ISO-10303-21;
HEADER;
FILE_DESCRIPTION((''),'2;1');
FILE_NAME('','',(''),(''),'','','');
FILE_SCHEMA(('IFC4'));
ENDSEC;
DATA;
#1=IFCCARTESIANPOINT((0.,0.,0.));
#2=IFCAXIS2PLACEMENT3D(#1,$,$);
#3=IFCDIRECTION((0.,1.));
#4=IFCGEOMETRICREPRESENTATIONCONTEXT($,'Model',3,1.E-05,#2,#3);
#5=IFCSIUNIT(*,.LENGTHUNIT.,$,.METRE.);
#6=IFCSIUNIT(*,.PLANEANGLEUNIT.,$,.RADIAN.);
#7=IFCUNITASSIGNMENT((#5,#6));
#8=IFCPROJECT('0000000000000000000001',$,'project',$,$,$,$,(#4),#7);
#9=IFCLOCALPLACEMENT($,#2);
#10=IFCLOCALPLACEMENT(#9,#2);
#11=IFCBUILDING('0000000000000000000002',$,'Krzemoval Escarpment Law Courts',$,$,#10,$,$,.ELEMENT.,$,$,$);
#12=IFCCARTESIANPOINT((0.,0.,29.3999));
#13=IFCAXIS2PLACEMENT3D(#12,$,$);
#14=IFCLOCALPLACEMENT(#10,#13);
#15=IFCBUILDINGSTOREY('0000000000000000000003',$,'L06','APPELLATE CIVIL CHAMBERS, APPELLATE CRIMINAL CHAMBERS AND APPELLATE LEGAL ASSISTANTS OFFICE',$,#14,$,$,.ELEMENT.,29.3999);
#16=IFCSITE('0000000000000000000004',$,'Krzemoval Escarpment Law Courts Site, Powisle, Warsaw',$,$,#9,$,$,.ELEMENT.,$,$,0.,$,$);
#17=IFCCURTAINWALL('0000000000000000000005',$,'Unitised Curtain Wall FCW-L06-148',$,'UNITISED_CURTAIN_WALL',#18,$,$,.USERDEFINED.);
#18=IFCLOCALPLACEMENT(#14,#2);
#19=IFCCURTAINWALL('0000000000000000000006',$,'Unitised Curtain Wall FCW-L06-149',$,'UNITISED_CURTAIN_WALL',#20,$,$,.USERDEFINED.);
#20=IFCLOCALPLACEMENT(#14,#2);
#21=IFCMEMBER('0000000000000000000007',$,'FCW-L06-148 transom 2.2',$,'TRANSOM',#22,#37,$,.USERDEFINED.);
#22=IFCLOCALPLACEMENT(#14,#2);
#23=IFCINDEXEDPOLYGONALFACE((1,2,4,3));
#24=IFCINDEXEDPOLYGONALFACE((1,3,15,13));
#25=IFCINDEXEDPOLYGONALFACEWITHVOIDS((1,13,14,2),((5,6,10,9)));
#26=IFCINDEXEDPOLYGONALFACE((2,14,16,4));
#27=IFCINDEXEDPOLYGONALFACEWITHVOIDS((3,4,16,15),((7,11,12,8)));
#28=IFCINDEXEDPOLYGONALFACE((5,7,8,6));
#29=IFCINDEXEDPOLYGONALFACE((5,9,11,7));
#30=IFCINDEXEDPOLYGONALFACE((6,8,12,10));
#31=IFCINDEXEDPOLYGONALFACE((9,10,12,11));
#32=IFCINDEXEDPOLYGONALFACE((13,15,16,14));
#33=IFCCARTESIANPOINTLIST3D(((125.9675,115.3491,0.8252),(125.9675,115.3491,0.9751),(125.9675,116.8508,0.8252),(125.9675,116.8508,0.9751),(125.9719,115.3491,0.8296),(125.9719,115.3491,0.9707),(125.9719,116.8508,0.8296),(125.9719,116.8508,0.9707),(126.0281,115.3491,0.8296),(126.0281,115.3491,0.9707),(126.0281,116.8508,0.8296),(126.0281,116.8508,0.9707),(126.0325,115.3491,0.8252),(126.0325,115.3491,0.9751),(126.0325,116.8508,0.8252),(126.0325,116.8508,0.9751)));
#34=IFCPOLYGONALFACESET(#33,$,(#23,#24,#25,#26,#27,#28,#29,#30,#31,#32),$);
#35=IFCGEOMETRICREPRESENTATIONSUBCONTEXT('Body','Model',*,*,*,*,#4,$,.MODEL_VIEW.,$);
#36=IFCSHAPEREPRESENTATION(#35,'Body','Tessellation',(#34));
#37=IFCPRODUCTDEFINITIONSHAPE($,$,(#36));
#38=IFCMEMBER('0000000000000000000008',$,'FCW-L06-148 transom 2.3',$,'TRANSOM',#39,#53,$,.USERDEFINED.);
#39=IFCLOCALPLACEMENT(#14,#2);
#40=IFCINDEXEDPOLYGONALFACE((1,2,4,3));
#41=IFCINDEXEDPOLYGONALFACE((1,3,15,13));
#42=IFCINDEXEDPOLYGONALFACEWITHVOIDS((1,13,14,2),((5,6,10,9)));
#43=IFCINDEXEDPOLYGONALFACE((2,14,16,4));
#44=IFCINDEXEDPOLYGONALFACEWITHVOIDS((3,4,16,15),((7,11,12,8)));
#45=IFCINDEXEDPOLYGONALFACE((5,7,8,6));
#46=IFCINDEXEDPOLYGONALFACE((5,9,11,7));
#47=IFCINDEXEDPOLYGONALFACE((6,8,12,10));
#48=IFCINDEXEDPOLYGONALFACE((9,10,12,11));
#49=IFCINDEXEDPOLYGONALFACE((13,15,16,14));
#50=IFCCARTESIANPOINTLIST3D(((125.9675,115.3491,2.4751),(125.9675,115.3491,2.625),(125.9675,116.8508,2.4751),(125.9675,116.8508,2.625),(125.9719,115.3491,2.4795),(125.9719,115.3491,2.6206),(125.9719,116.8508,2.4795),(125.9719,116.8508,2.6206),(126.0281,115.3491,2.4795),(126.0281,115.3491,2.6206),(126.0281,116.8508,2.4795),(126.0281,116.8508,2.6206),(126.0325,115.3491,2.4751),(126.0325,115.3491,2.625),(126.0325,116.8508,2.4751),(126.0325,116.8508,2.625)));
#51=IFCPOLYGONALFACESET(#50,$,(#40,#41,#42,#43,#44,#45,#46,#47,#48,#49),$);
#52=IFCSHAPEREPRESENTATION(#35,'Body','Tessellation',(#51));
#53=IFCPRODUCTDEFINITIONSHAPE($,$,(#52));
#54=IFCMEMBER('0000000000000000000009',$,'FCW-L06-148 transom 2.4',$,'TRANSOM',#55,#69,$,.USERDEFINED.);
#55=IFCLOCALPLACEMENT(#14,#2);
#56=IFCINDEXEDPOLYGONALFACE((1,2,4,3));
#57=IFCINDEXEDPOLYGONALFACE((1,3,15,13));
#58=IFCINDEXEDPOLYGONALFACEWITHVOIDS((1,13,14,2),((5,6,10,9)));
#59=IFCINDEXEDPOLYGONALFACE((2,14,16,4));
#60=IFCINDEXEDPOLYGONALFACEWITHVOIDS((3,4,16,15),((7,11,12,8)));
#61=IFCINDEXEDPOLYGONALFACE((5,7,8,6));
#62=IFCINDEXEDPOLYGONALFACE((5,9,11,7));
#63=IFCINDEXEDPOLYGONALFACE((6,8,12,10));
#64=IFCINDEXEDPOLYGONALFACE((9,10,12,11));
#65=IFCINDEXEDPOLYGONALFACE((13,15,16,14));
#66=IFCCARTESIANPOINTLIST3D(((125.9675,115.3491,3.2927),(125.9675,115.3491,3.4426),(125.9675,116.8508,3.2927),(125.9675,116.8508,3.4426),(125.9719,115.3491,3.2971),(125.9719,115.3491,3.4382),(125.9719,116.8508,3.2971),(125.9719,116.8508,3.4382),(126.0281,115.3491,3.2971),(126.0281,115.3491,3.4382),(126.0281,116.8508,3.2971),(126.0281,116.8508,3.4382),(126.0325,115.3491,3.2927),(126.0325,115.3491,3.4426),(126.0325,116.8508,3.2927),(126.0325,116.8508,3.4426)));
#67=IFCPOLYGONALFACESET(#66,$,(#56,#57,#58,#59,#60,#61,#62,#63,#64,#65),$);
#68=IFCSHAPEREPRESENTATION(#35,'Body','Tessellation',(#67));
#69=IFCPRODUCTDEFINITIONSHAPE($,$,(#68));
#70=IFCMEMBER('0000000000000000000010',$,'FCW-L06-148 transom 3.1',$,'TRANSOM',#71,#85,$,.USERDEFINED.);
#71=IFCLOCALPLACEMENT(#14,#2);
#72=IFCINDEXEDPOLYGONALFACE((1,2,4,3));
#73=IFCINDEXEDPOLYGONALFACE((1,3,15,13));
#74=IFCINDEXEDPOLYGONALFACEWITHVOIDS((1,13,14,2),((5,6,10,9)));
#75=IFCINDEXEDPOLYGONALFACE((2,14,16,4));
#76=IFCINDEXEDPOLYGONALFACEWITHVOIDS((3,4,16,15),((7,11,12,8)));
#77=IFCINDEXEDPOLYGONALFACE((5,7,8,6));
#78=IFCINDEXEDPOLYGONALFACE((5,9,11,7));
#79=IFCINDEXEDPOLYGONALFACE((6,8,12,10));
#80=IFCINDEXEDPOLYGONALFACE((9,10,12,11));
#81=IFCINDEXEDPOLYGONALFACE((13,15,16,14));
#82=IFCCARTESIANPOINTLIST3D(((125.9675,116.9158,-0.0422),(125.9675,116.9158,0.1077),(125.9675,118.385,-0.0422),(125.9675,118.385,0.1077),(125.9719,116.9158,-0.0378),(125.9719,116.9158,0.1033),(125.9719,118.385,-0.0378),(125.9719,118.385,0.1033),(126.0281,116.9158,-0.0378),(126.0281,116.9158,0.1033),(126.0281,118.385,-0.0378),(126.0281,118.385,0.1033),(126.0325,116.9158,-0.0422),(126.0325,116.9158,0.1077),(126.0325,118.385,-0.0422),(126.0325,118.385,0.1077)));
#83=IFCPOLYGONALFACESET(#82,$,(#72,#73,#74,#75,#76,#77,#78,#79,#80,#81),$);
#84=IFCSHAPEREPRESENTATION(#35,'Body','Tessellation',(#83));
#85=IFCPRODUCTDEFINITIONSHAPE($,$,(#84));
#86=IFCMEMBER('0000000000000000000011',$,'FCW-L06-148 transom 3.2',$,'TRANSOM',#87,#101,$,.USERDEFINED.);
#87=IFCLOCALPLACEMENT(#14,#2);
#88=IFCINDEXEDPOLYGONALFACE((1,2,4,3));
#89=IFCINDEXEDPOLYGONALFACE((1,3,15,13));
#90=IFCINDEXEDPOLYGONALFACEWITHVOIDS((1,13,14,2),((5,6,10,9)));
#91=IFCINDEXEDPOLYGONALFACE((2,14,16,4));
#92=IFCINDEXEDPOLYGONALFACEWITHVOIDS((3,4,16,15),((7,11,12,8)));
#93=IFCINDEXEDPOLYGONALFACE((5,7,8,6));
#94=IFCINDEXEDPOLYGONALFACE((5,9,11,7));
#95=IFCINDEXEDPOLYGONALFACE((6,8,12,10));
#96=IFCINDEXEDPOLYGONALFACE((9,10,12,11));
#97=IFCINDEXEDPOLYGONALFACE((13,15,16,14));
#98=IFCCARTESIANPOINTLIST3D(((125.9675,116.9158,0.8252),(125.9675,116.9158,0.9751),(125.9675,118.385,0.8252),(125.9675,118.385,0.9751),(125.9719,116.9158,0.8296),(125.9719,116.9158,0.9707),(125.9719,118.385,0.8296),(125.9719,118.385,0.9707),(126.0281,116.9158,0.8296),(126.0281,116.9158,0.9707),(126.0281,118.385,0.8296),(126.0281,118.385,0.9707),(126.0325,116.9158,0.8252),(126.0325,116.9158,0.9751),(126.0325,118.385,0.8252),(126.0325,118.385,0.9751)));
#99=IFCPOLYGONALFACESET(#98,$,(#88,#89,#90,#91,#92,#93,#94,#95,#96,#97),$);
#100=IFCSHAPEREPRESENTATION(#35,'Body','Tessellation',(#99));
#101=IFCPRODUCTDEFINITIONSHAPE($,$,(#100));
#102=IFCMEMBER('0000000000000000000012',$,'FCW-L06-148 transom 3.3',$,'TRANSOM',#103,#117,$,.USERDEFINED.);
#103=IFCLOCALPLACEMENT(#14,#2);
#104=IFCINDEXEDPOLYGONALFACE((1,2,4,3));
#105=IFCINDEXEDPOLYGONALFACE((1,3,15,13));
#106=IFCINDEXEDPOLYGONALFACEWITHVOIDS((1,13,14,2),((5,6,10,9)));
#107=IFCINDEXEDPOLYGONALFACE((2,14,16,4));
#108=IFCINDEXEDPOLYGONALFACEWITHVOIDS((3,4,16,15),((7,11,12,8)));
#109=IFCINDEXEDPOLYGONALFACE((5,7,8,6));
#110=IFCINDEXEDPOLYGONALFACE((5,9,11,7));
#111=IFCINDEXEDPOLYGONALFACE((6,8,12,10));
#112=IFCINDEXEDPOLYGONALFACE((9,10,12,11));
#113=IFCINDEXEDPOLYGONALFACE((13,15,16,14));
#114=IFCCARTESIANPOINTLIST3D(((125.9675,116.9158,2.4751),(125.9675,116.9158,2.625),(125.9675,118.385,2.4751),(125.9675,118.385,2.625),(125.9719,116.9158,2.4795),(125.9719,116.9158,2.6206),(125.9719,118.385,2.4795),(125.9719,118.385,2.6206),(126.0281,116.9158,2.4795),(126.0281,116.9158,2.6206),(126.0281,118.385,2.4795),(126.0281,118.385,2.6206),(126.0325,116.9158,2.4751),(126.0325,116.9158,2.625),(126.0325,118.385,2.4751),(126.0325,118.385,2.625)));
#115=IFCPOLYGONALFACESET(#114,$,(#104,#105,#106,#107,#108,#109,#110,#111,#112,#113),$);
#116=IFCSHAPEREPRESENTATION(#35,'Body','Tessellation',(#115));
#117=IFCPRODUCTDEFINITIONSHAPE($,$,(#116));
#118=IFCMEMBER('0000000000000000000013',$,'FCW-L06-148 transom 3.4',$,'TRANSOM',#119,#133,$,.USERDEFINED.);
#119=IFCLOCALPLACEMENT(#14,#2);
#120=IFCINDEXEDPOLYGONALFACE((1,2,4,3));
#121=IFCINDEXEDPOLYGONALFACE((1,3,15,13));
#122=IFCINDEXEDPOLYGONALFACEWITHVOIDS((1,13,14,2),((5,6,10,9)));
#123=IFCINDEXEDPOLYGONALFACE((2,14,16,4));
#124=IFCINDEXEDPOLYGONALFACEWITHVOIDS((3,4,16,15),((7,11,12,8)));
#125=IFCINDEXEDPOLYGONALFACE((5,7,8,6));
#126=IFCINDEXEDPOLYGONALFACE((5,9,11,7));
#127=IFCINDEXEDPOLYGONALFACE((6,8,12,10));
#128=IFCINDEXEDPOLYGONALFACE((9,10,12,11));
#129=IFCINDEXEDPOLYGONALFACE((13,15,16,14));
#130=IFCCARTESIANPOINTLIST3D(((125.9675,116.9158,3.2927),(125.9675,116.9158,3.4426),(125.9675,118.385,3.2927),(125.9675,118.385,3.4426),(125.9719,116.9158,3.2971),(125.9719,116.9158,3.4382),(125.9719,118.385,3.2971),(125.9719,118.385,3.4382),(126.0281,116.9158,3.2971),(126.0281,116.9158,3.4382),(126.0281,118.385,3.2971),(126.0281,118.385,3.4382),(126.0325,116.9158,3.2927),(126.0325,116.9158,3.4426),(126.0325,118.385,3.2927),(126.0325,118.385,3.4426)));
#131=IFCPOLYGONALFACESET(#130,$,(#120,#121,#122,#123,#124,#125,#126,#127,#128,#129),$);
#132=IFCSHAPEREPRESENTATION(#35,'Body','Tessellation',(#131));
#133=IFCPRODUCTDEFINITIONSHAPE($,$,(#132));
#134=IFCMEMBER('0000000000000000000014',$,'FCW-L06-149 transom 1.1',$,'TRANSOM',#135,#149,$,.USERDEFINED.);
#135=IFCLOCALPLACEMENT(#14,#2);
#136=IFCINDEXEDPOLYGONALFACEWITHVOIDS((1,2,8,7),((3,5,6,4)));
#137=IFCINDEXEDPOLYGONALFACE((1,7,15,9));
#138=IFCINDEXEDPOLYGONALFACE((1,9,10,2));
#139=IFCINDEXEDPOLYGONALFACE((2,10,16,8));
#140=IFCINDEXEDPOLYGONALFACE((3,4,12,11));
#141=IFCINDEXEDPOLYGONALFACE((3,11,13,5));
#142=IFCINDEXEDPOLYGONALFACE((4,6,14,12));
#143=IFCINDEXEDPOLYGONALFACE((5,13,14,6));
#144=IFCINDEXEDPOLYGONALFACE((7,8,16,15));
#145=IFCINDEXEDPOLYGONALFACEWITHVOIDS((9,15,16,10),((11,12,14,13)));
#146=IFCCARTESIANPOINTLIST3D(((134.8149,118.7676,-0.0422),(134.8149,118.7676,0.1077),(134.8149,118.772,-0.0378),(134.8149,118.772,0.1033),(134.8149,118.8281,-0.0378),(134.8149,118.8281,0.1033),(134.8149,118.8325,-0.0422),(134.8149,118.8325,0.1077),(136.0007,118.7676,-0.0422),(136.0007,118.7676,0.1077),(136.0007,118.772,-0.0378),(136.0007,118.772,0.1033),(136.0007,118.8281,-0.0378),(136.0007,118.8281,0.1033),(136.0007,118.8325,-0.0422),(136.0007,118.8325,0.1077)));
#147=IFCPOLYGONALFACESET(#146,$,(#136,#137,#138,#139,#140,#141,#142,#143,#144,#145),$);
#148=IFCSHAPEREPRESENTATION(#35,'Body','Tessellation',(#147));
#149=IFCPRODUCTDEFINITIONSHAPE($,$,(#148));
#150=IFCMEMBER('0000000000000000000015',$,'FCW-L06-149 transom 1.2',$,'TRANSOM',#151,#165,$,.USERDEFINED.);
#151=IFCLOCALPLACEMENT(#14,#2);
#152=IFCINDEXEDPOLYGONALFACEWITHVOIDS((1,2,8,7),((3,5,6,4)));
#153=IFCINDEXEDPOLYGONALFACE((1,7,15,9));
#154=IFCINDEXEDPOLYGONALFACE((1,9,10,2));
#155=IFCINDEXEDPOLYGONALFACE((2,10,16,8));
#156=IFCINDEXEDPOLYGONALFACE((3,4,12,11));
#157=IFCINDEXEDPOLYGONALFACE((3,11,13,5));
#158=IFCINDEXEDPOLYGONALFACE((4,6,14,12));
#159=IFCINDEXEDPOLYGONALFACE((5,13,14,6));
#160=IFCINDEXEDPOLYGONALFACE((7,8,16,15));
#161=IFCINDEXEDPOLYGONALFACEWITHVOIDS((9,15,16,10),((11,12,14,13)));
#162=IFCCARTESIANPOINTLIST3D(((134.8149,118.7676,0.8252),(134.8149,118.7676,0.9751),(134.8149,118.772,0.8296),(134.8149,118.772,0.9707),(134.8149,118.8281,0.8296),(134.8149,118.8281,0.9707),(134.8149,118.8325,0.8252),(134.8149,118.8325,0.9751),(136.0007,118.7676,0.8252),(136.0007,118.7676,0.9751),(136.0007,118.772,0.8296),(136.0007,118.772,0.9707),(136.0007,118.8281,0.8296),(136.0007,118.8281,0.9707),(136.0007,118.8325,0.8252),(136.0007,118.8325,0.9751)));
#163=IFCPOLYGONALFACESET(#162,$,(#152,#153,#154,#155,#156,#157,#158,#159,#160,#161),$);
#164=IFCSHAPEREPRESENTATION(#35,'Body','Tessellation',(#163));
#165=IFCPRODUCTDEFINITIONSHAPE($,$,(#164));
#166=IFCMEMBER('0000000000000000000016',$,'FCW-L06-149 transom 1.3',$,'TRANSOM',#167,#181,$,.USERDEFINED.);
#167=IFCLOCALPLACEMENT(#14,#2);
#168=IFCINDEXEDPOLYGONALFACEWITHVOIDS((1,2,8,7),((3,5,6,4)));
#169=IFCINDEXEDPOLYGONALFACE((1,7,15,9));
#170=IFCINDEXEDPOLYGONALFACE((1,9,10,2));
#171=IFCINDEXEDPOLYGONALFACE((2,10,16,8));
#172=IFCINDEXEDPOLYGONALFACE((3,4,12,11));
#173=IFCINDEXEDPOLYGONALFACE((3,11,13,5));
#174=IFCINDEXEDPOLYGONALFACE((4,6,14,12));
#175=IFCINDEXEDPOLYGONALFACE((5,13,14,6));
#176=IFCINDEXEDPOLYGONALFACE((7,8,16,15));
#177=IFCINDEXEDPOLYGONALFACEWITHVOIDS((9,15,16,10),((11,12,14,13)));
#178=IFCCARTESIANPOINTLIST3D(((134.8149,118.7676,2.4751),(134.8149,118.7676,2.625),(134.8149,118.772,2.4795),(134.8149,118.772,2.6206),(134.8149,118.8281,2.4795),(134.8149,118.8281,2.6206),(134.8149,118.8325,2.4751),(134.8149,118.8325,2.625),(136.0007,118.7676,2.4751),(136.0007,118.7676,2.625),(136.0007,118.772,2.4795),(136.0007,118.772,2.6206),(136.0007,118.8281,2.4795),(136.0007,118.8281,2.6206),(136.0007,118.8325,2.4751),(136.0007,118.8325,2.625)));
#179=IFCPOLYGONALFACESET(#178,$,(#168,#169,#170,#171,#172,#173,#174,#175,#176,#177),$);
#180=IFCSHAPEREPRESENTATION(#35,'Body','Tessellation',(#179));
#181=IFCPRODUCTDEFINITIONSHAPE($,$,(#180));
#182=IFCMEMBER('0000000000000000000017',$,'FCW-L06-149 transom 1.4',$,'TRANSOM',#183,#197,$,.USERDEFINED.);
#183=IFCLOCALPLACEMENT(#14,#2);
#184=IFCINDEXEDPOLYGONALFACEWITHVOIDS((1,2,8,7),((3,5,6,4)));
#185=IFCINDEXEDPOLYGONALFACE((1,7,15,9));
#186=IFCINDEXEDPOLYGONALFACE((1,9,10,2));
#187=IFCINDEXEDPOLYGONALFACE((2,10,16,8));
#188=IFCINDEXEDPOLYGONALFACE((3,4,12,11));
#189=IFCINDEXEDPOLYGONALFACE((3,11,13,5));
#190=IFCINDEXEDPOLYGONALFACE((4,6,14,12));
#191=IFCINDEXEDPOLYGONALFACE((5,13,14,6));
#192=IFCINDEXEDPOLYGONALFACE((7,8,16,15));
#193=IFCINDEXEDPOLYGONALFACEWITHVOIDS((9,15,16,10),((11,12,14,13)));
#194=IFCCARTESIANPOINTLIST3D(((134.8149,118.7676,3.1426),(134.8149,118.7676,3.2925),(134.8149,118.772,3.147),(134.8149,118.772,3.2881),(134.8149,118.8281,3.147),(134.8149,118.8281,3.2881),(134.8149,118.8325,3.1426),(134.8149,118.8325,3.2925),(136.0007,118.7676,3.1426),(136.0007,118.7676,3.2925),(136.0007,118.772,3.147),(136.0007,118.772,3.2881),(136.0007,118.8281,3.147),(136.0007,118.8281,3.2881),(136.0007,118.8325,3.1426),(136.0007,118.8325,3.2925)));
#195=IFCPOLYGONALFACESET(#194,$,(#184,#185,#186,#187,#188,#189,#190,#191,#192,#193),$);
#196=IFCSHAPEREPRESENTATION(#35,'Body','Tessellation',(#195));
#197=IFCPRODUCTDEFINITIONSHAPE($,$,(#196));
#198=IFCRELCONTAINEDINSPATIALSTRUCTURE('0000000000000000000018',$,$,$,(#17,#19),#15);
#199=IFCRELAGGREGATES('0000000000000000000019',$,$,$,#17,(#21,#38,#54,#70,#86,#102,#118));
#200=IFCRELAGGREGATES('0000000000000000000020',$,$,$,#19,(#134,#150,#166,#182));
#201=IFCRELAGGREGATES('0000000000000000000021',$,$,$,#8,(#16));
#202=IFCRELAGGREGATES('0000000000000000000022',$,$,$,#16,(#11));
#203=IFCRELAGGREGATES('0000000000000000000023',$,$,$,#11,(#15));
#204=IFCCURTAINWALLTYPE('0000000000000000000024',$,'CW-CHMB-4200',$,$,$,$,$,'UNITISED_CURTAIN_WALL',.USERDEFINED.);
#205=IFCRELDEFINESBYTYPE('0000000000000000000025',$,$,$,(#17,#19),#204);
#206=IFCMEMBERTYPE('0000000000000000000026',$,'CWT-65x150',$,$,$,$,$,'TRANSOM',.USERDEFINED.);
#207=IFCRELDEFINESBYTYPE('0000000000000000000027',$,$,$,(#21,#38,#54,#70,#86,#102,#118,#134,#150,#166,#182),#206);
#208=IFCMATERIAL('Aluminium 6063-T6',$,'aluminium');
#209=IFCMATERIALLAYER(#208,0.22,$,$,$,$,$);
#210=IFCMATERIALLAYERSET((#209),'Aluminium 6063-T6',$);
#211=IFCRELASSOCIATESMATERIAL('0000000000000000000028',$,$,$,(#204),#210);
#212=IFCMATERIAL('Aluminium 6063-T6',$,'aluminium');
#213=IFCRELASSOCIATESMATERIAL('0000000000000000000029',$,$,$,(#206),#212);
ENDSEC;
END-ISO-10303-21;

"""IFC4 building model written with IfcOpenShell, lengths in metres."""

from ifc_helpers import new_model, si_unit, direction, frame, origin, origin_2d, place, context, subcontext, project, spatial, hollow_rectangle, extrude, material, layer, layer_set, material_profile, profile_set, type_object, element, aggregate, save


model = new_model("IFC4")

# Units and contexts
model_context = context("Model", 3, precision=1e-05, world=origin(), true_north=direction((0.0, 1.0)))
body_context = subcontext(model_context, "Body", "Model", "MODEL_VIEW")
ifc_project = project(units=[si_unit("LENGTHUNIT", "METRE"), si_unit("PLANEANGLEUNIT", "RADIAN")], contexts=[model_context])

# Site, building, storey
site_placement = place(None, origin())
site = spatial("IfcSite", under=ifc_project, at=site_placement, Name="Krzemoval Escarpment Law Courts Site, Powisle, Warsaw", CompositionType="ELEMENT", RefElevation=0.0)
building_placement = place(site_placement, origin())
building = spatial("IfcBuilding", under=site, at=building_placement, Name="Krzemoval Escarpment Law Courts", CompositionType="ELEMENT")
storey_placement = place(building_placement, frame((0.0, 0.0, 29.3999)))
storey = spatial("IfcBuildingStorey", under=building, at=storey_placement, Name="L06", Description="APPELLATE CIVIL CHAMBERS, APPELLATE CRIMINAL CHAMBERS AND APPELLATE LEGAL ASSISTANTS OFFICE", CompositionType="ELEMENT", Elevation=29.3999)

# Curtain wall
ifc_material_1 = material(Name="Aluminium 6063-T6", Category="aluminium")
ifc_layer_1 = layer(ifc_material_1, 0.22)
ifc_layer_set_1 = layer_set([ifc_layer_1], Name="Aluminium 6063-T6")
curtain_wall_type = type_object("IfcCurtainWallType", Name="CW-CHMB-4200", ElementType="UNITISED_CURTAIN_WALL", PredefinedType="USERDEFINED", material=ifc_layer_set_1)
curtain_wall_1_placement = place(storey_placement, origin())
curtain_wall_1 = element("IfcCurtainWall", 1, at=curtain_wall_1_placement, inside=storey, type_object=curtain_wall_type, Name="Unitised Curtain Wall FCW-L06-148", ObjectType="UNITISED_CURTAIN_WALL", PredefinedType="USERDEFINED")

# Curtain wall
curtain_wall_2_placement = place(storey_placement, origin())
curtain_wall_2 = element("IfcCurtainWall", 2, at=curtain_wall_2_placement, inside=storey, type_object=curtain_wall_type, Name="Unitised Curtain Wall FCW-L06-149", ObjectType="UNITISED_CURTAIN_WALL", PredefinedType="USERDEFINED")

# Members
ifc_material_2 = material(Name="Aluminium 6063-T6", Category="aluminium")
ifc_material_profile_1 = material_profile(ifc_material_2, hollow_rectangle(XDim=0.0649, YDim=0.1499, WallThickness=0.0044, at=origin_2d()), Name="ALU T65x150")
ifc_profile_set_1 = profile_set([ifc_material_profile_1], Name="Aluminium 6063-T6")
member_type_1 = type_object("IfcMemberType", Name="CWT-65x150", ElementType="TRANSOM", PredefinedType="USERDEFINED", material=ifc_profile_set_1)
member_1_placement = place(storey_placement, frame((126.0, 115.3491, 0.9001), z_axis=(0.0, 1.0, 0.0), x_axis=(-1.0, 0.0, 0.0)))
member_1 = element("IfcMember", 3, at=member_1_placement, type_object=member_type_1, Name="FCW-L06-148 transom 2.2", ObjectType="TRANSOM", PredefinedType="USERDEFINED", context=body_context, shape_type="SweptSolid", body=[
    extrude(hollow_rectangle(XDim=0.0649, YDim=0.1499, WallThickness=0.0044, at=origin_2d()), origin(), (0.0, 0.0, 1.0), 1.5017),
])
member_2_placement = place(storey_placement, frame((126.0, 115.3491, 2.55), z_axis=(0.0, 1.0, 0.0), x_axis=(-1.0, 0.0, 0.0)))
member_2 = element("IfcMember", 4, at=member_2_placement, type_object=member_type_1, Name="FCW-L06-148 transom 2.3", ObjectType="TRANSOM", PredefinedType="USERDEFINED", context=body_context, shape_type="SweptSolid", body=[
    extrude(hollow_rectangle(XDim=0.0649, YDim=0.1499, WallThickness=0.0044, at=origin_2d()), origin(), (0.0, 0.0, 1.0), 1.5017),
])
member_3_placement = place(storey_placement, frame((126.0, 115.3491, 3.3677), z_axis=(0.0, 1.0, 0.0), x_axis=(-1.0, 0.0, 0.0)))
member_3 = element("IfcMember", 5, at=member_3_placement, type_object=member_type_1, Name="FCW-L06-148 transom 2.4", ObjectType="TRANSOM", PredefinedType="USERDEFINED", context=body_context, shape_type="SweptSolid", body=[
    extrude(hollow_rectangle(XDim=0.0649, YDim=0.1499, WallThickness=0.0044, at=origin_2d()), origin(), (0.0, 0.0, 1.0), 1.5017),
])
member_4_placement = place(storey_placement, frame((126.0, 116.9158, 0.0327), z_axis=(0.0, 1.0, 0.0), x_axis=(-1.0, 0.0, 0.0)))
member_4 = element("IfcMember", 6, at=member_4_placement, type_object=member_type_1, Name="FCW-L06-148 transom 3.1", ObjectType="TRANSOM", PredefinedType="USERDEFINED", context=body_context, shape_type="SweptSolid", body=[
    extrude(hollow_rectangle(XDim=0.0649, YDim=0.1499, WallThickness=0.0044, at=origin_2d()), origin(), (0.0, 0.0, 1.0), 1.4692),
])
member_5_placement = place(storey_placement, frame((126.0, 116.9158, 0.9001), z_axis=(0.0, 1.0, 0.0), x_axis=(-1.0, 0.0, 0.0)))
member_5 = element("IfcMember", 7, at=member_5_placement, type_object=member_type_1, Name="FCW-L06-148 transom 3.2", ObjectType="TRANSOM", PredefinedType="USERDEFINED", context=body_context, shape_type="SweptSolid", body=[
    extrude(hollow_rectangle(XDim=0.0649, YDim=0.1499, WallThickness=0.0044, at=origin_2d()), origin(), (0.0, 0.0, 1.0), 1.4692),
])
member_6_placement = place(storey_placement, frame((126.0, 116.9158, 2.55), z_axis=(0.0, 1.0, 0.0), x_axis=(-1.0, 0.0, 0.0)))
member_6 = element("IfcMember", 8, at=member_6_placement, type_object=member_type_1, Name="FCW-L06-148 transom 3.3", ObjectType="TRANSOM", PredefinedType="USERDEFINED", context=body_context, shape_type="SweptSolid", body=[
    extrude(hollow_rectangle(XDim=0.0649, YDim=0.1499, WallThickness=0.0044, at=origin_2d()), origin(), (0.0, 0.0, 1.0), 1.4692),
])
member_7_placement = place(storey_placement, frame((126.0, 116.9158, 3.3677), z_axis=(0.0, 1.0, 0.0), x_axis=(-1.0, 0.0, 0.0)))
member_7 = element("IfcMember", 9, at=member_7_placement, type_object=member_type_1, Name="FCW-L06-148 transom 3.4", ObjectType="TRANSOM", PredefinedType="USERDEFINED", context=body_context, shape_type="SweptSolid", body=[
    extrude(hollow_rectangle(XDim=0.0649, YDim=0.1499, WallThickness=0.0044, at=origin_2d()), origin(), (0.0, 0.0, 1.0), 1.4692),
])
member_8_placement = place(storey_placement, frame((134.8149, 118.8, 0.0327), z_axis=(1.0, 0.0, 0.0), x_axis=(0.0, 1.0, 0.0)))
member_8 = element("IfcMember", 10, at=member_8_placement, type_object=member_type_1, Name="FCW-L06-149 transom 1.1", ObjectType="TRANSOM", PredefinedType="USERDEFINED", context=body_context, shape_type="SweptSolid", body=[
    extrude(hollow_rectangle(XDim=0.0649, YDim=0.1499, WallThickness=0.0044, at=origin_2d()), origin(), (0.0, 0.0, 1.0), 1.1858),
])
member_9_placement = place(storey_placement, frame((134.8149, 118.8, 0.9001), z_axis=(1.0, 0.0, 0.0), x_axis=(0.0, 1.0, 0.0)))
member_9 = element("IfcMember", 11, at=member_9_placement, type_object=member_type_1, Name="FCW-L06-149 transom 1.2", ObjectType="TRANSOM", PredefinedType="USERDEFINED", context=body_context, shape_type="SweptSolid", body=[
    extrude(hollow_rectangle(XDim=0.0649, YDim=0.1499, WallThickness=0.0044, at=origin_2d()), origin(), (0.0, 0.0, 1.0), 1.1858),
])
member_10_placement = place(storey_placement, frame((134.8149, 118.8, 2.55), z_axis=(1.0, 0.0, 0.0), x_axis=(0.0, 1.0, 0.0)))
member_10 = element("IfcMember", 12, at=member_10_placement, type_object=member_type_1, Name="FCW-L06-149 transom 1.3", ObjectType="TRANSOM", PredefinedType="USERDEFINED", context=body_context, shape_type="SweptSolid", body=[
    extrude(hollow_rectangle(XDim=0.0649, YDim=0.1499, WallThickness=0.0044, at=origin_2d()), origin(), (0.0, 0.0, 1.0), 1.1858),
])
member_11_placement = place(storey_placement, frame((134.8149, 118.8, 3.2175), z_axis=(1.0, 0.0, 0.0), x_axis=(0.0, 1.0, 0.0)))
member_11 = element("IfcMember", 13, at=member_11_placement, type_object=member_type_1, Name="FCW-L06-149 transom 1.4", ObjectType="TRANSOM", PredefinedType="USERDEFINED", context=body_context, shape_type="SweptSolid", body=[
    extrude(hollow_rectangle(XDim=0.0649, YDim=0.1499, WallThickness=0.0044, at=origin_2d()), origin(), (0.0, 0.0, 1.0), 1.1858),
])

aggregate(curtain_wall_1, [member_1, member_2, member_3, member_4, member_5, member_6, member_7])
aggregate(curtain_wall_2, [member_8, member_9, member_10, member_11])

save(model, "model.ifc")
